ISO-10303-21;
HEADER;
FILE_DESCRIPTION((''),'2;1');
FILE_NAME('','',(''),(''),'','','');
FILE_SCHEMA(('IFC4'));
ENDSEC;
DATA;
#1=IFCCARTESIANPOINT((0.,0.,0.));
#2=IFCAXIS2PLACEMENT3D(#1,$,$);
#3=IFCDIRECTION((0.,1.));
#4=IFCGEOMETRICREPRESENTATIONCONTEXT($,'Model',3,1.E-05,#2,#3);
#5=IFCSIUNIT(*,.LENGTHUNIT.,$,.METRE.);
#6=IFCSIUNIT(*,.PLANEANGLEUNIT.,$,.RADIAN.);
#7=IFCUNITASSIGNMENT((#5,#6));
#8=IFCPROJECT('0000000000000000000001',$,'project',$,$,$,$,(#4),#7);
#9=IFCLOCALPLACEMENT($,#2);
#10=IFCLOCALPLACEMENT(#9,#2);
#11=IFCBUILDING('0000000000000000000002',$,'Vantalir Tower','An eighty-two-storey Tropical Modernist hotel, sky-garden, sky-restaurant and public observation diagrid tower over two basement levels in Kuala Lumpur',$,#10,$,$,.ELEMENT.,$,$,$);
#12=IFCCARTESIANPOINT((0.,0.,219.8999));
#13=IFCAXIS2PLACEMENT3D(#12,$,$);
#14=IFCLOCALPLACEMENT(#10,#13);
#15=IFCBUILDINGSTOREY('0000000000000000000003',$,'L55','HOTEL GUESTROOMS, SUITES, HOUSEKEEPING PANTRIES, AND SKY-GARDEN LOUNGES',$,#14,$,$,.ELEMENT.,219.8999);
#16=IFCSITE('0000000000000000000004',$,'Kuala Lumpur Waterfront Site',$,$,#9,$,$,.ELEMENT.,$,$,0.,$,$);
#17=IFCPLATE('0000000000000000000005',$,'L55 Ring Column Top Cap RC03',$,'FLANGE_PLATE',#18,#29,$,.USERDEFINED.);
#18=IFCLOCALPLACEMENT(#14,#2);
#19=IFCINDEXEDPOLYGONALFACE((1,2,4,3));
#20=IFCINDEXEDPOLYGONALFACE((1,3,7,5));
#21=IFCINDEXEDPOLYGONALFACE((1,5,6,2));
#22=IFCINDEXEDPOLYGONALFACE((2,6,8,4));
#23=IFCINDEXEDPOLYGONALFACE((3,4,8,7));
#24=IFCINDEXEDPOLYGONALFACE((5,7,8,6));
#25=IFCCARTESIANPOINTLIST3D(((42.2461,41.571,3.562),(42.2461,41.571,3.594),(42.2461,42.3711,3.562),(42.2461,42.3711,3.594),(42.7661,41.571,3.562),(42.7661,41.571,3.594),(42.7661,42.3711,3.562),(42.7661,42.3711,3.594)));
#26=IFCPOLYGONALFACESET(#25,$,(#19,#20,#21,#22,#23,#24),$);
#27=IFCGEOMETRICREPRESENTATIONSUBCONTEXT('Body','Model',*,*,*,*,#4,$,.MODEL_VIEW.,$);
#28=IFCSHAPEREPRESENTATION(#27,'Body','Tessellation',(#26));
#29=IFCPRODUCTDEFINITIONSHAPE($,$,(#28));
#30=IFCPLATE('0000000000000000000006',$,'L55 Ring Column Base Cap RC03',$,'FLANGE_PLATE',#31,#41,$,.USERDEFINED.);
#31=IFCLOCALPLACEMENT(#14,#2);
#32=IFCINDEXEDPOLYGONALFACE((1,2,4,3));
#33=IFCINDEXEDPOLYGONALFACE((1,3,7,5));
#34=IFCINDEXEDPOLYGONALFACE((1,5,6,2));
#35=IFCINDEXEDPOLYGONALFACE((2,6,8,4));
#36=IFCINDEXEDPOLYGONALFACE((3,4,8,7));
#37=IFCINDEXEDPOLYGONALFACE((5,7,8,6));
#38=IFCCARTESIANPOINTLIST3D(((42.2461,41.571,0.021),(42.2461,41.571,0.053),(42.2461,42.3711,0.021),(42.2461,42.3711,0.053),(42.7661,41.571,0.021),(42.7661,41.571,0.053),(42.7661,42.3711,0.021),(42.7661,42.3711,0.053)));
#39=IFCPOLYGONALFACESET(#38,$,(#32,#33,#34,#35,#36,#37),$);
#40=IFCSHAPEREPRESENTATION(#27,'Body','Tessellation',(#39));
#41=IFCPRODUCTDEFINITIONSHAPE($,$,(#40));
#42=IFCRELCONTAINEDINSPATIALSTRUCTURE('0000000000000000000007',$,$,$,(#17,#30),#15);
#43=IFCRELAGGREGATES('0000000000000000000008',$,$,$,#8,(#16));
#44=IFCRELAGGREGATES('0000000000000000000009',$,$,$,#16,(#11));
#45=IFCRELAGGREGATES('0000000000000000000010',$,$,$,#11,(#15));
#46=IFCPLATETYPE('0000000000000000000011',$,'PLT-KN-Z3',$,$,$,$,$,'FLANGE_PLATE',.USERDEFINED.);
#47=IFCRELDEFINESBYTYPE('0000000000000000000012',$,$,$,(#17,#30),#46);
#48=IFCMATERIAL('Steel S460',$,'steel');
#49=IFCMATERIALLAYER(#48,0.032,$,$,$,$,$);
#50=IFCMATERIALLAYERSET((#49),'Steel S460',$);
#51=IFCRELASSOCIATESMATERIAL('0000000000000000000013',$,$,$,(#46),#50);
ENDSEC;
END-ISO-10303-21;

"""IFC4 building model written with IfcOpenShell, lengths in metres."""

from ifc_helpers import new_model, si_unit, direction, frame, origin, place, context, subcontext, project, spatial, polyline, outline, extrude, material, layer, layer_set, type_object, element, save


model = new_model("IFC4")

# Units and contexts
model_context = context("Model", 3, precision=1e-05, world=origin(), true_north=direction((0.0, 1.0)))
body_context = subcontext(model_context, "Body", "Model", "MODEL_VIEW")
ifc_project = project(units=[si_unit("LENGTHUNIT", "METRE"), si_unit("PLANEANGLEUNIT", "RADIAN")], contexts=[model_context])

# Site, building, storey
site_placement = place(None, origin())
site = spatial("IfcSite", under=ifc_project, at=site_placement, Name="Kuala Lumpur Waterfront Site", CompositionType="ELEMENT", RefElevation=0.0)
building_placement = place(site_placement, origin())
building = spatial("IfcBuilding", under=site, at=building_placement, Name="Vantalir Tower", Description="An eighty-two-storey Tropical Modernist hotel, sky-garden, sky-restaurant and public observation diagrid tower over two basement levels in Kuala Lumpur", CompositionType="ELEMENT")
storey_placement = place(building_placement, frame((0.0, 0.0, 219.8999)))
storey = spatial("IfcBuildingStorey", under=building, at=storey_placement, Name="L55", Description="HOTEL GUESTROOMS, SUITES, HOUSEKEEPING PANTRIES, AND SKY-GARDEN LOUNGES", CompositionType="ELEMENT", Elevation=219.8999)

# Shared definitions
ifc_material_1 = material(Name="Steel S460", Category="steel")

# Plates
ifc_layer_1 = layer(ifc_material_1, 0.032)
ifc_layer_set_1 = layer_set([ifc_layer_1], Name="Steel S460")
plate_type_1 = type_object("IfcPlateType", Name="PLT-KN-Z3", ElementType="FLANGE_PLATE", PredefinedType="USERDEFINED", material=ifc_layer_set_1)
for number, where, z_axis, x_axis, name in (
    (1, (42.2461, 42.3711, 3.594), (0.0, 0.0, 1.0), (0.0, -1.0, 0.0), "L55 Ring Column Top Cap RC03"),
    (2, (42.2461, 42.3711, 0.053), (0.0, 0.0, 1.0), (0.0, -1.0, 0.0), "L55 Ring Column Base Cap RC03"),
):
    element("IfcPlate", number, at=place(storey_placement, frame(where, z_axis=z_axis, x_axis=x_axis)), inside=storey, type_object=plate_type_1, Name=name, ObjectType="FLANGE_PLATE", PredefinedType="USERDEFINED", context=body_context, shape_type="SweptSolid", body=[
        extrude(outline(polyline([(0.0, 0.0), (0.8, 0.0), (0.8, 0.52), (0.0, 0.52), (0.0, 0.0)])), origin(), (0.0, 0.0, -1.0), 0.032),
    ])

save(model, "model.ifc")
